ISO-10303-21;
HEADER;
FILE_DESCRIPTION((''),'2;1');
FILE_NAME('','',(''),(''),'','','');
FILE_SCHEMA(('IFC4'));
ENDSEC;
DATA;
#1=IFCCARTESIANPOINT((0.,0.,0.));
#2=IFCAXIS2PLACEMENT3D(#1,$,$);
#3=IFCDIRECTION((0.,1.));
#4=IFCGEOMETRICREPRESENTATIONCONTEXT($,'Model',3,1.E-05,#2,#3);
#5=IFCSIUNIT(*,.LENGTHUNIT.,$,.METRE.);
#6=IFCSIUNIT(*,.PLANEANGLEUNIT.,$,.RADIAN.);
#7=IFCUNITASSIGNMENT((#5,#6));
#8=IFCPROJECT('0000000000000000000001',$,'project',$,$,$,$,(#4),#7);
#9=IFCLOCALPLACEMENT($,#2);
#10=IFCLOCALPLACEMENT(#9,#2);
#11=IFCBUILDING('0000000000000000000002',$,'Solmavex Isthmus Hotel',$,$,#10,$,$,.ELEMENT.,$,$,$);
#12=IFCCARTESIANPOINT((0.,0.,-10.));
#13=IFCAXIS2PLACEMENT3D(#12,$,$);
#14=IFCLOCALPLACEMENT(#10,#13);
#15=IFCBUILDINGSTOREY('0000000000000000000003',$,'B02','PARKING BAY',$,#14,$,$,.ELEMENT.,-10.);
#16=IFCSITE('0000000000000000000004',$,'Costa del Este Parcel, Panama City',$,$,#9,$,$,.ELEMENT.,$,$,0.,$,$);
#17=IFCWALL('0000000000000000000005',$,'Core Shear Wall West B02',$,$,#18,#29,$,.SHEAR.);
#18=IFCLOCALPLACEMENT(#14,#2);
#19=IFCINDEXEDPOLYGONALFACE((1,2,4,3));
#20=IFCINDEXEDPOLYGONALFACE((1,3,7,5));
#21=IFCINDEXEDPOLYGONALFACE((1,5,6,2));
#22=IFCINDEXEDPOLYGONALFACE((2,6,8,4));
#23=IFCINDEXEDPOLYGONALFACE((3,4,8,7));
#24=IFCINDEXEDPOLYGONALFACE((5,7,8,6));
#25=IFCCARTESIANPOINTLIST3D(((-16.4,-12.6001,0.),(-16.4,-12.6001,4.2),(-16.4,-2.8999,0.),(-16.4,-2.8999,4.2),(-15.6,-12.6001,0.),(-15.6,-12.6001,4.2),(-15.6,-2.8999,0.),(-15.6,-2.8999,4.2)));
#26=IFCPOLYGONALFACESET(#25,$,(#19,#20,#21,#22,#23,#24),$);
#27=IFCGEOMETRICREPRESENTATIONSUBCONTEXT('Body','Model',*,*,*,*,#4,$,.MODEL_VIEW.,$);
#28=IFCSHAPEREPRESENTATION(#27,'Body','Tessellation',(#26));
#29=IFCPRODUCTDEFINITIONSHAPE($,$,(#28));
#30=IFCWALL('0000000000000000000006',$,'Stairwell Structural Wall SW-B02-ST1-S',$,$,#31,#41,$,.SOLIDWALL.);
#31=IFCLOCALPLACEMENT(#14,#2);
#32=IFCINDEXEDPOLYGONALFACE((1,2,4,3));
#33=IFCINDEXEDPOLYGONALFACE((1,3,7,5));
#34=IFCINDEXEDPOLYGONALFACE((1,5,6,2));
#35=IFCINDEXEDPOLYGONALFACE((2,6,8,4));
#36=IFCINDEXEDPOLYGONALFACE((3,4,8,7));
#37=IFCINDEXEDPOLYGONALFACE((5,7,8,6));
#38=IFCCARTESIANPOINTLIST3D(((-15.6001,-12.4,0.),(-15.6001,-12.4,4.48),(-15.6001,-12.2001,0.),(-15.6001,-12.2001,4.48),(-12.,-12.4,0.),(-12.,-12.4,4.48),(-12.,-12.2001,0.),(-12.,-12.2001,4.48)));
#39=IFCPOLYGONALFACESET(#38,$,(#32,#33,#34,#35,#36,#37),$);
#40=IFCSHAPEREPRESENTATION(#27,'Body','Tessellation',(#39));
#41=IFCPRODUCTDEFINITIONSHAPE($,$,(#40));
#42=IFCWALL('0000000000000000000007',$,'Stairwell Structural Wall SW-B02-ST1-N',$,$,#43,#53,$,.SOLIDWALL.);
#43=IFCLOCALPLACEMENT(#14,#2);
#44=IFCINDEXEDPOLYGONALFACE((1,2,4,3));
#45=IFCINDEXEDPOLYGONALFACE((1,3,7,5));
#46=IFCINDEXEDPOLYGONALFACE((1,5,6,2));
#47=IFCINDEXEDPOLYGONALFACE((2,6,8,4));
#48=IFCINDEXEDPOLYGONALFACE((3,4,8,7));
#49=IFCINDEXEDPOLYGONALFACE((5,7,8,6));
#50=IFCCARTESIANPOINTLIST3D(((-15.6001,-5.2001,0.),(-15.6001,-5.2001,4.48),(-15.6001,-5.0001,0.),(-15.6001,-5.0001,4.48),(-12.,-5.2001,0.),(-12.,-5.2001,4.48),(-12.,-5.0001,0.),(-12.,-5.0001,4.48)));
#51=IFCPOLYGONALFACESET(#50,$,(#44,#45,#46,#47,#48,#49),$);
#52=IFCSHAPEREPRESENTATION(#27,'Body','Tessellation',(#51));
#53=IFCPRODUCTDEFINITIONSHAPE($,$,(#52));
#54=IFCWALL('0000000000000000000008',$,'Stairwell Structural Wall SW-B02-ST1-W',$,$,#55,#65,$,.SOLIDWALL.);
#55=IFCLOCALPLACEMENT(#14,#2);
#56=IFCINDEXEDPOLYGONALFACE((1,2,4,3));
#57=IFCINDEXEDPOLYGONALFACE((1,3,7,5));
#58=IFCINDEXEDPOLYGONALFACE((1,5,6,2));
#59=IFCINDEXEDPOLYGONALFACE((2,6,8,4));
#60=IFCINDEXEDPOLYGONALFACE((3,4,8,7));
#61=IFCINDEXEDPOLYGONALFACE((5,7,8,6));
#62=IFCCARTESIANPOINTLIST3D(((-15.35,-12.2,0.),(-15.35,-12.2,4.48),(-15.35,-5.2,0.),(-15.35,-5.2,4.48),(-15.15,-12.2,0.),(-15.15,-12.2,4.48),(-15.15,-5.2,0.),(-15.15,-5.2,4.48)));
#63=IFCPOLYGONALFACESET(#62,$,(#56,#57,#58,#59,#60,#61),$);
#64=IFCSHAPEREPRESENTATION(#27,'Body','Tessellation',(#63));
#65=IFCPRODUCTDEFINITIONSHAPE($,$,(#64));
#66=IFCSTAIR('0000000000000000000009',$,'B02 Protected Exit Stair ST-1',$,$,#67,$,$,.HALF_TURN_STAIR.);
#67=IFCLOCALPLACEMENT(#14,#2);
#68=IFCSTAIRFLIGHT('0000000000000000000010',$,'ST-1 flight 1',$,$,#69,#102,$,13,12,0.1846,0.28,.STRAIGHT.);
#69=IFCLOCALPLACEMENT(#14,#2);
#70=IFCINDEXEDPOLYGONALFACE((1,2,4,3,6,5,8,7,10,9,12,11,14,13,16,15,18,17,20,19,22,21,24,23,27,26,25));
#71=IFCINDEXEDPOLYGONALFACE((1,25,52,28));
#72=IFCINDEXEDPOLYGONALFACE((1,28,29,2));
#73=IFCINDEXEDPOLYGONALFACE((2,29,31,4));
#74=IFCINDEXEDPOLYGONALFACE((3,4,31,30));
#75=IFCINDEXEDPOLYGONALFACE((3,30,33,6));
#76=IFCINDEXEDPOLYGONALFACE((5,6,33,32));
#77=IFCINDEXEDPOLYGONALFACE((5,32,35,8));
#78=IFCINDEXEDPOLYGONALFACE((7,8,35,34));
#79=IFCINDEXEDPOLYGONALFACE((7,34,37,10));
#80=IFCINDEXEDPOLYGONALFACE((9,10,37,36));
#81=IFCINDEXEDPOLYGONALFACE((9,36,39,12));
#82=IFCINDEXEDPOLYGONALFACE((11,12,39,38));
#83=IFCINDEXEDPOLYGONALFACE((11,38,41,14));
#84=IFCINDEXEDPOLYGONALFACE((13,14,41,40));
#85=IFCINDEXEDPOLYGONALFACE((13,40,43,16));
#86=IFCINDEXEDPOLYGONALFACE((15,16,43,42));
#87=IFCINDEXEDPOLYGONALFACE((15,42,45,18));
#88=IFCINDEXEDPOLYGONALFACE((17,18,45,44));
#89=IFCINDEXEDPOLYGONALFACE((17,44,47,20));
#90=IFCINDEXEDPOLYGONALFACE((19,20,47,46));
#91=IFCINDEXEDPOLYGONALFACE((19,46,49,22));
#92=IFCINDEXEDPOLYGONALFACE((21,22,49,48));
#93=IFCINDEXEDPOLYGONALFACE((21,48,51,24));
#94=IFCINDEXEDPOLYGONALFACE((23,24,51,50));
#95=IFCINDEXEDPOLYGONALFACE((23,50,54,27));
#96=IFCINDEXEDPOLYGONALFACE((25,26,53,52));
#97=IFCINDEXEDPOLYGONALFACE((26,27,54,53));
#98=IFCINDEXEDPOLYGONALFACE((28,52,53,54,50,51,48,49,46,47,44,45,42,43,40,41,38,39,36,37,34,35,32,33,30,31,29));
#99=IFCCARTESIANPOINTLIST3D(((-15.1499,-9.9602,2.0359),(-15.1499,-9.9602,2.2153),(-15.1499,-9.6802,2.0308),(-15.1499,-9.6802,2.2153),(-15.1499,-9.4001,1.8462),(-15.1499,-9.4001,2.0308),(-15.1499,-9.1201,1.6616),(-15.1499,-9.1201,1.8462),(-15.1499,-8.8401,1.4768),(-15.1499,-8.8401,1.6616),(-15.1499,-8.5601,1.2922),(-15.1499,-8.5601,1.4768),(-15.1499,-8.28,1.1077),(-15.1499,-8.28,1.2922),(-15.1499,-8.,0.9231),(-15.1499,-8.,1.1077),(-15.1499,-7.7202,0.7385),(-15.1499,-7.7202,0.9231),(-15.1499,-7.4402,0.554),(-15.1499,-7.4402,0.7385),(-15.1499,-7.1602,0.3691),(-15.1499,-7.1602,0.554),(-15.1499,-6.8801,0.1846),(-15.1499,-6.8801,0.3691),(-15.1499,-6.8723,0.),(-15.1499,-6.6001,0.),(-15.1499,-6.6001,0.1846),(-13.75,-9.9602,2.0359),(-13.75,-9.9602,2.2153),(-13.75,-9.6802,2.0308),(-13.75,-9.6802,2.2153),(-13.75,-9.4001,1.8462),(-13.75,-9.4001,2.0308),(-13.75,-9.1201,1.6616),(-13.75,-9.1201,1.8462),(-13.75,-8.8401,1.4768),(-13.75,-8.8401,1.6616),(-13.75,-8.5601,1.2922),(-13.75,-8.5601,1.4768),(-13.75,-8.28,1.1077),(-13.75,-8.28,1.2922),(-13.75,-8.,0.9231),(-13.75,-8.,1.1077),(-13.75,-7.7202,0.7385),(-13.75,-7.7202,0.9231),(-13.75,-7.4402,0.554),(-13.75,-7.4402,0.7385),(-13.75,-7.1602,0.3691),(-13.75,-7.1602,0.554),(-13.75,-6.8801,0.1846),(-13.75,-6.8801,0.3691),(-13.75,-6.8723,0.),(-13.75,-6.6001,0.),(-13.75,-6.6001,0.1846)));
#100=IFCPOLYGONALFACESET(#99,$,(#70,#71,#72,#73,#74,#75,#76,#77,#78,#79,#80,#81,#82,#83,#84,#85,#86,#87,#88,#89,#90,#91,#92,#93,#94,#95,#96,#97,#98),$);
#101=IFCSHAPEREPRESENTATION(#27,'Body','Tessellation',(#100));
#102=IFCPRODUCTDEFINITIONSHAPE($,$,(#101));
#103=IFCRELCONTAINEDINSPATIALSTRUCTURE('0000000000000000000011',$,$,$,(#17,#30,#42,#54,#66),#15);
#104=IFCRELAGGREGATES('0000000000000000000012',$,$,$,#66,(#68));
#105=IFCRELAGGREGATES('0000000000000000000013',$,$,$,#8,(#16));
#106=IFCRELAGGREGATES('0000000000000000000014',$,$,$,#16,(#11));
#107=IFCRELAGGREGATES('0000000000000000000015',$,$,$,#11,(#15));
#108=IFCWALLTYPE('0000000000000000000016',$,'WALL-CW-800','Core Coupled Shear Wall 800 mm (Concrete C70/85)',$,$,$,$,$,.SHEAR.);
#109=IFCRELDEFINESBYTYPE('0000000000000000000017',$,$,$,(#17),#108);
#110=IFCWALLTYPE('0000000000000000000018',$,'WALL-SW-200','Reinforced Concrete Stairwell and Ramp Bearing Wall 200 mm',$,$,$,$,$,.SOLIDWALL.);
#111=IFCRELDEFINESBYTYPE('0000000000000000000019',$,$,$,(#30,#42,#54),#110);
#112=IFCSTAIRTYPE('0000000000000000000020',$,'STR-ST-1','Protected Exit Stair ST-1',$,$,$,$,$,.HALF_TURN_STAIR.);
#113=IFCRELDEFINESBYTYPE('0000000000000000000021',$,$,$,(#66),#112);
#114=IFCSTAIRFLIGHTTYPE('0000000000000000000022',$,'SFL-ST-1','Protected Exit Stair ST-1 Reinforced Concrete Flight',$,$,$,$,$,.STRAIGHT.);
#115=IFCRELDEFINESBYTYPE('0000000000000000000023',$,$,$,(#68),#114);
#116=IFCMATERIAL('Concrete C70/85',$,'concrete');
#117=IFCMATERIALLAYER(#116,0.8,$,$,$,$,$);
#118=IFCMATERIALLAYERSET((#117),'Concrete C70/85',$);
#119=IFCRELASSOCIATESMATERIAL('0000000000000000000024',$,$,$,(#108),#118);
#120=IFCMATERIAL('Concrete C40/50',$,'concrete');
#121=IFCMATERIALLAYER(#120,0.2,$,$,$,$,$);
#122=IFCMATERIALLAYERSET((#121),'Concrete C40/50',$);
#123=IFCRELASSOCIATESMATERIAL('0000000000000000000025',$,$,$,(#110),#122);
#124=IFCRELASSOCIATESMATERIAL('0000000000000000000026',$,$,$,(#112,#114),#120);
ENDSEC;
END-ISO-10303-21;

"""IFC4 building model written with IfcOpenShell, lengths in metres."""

from ifc_helpers import new_model, si_unit, direction, frame, frame_2d, origin, place, context, subcontext, project, spatial, polyline, rectangle, outline, extrude, material, layer, layer_set, type_object, element, aggregate, save


model = new_model("IFC4")

# Units and contexts
model_context = context("Model", 3, precision=1e-05, world=origin(), true_north=direction((0.0, 1.0)))
body_context = subcontext(model_context, "Body", "Model", "MODEL_VIEW")
ifc_project = project(units=[si_unit("LENGTHUNIT", "METRE"), si_unit("PLANEANGLEUNIT", "RADIAN")], contexts=[model_context])

# Site, building, storey
site_placement = place(None, origin())
site = spatial("IfcSite", under=ifc_project, at=site_placement, Name="Costa del Este Parcel, Panama City", CompositionType="ELEMENT", RefElevation=0.0)
building_placement = place(site_placement, origin())
building = spatial("IfcBuilding", under=site, at=building_placement, Name="Solmavex Isthmus Hotel", CompositionType="ELEMENT")
storey_placement = place(building_placement, frame((0.0, 0.0, -10.0)))
storey = spatial("IfcBuildingStorey", under=building, at=storey_placement, Name="B02", Description="PARKING BAY", CompositionType="ELEMENT", Elevation=-10.0)

# Shared definitions
ifc_material_1 = material(Name="Concrete C70/85", Category="concrete")

# Shared definitions
ifc_layer_1 = layer(ifc_material_1, 0.8)
ifc_layer_set_1 = layer_set([ifc_layer_1], Name="Concrete C70/85")
wall_type_1 = type_object("IfcWallType", Name="WALL-CW-800", Description="Core Coupled Shear Wall 800 mm (Concrete C70/85)", PredefinedType="SHEAR", material=ifc_layer_set_1)

# Walls
wall_1_placement = place(storey_placement, frame((-16.0, -12.6001, 0.0), z_axis=(0.0, 0.0, 1.0), x_axis=(0.0, 1.0, 0.0)))
element("IfcWall", 1, at=wall_1_placement, inside=storey, type_object=wall_type_1, Name="Core Shear Wall West B02", PredefinedType="SHEAR", context=body_context, shape_type="SweptSolid", body=[
    extrude(rectangle(XDim=9.7002, YDim=0.8, at=frame_2d((4.8501, 0.0))), origin(), (0.0, 0.0, 1.0), 4.2),
])
ifc_material_2 = material(Name="Concrete C40/50", Category="concrete")
ifc_layer_2 = layer(ifc_material_2, 0.2)
ifc_layer_set_2 = layer_set([ifc_layer_2], Name="Concrete C40/50")
wall_type_2 = type_object("IfcWallType", Name="WALL-SW-200", Description="Reinforced Concrete Stairwell and Ramp Bearing Wall 200 mm", PredefinedType="SOLIDWALL", material=ifc_layer_set_2)
for number, where, z_axis, x_axis, name in (
    (2, (-15.6001, -12.3, 0.0), (0.0, 0.0, 1.0), (1.0, 0.0, 0.0), "Stairwell Structural Wall SW-B02-ST1-S"),
    (3, (-15.6001, -5.1001, 0.0), (0.0, 0.0, 1.0), (1.0, 0.0, 0.0), "Stairwell Structural Wall SW-B02-ST1-N"),
):
    element("IfcWall", number, at=place(storey_placement, frame(where, z_axis=z_axis, x_axis=x_axis)), inside=storey, type_object=wall_type_2, Name=name, PredefinedType="SOLIDWALL", context=body_context, shape_type="SweptSolid", body=[
        extrude(rectangle(XDim=3.6001, YDim=0.2, at=frame_2d((1.8, 0.0))), origin(), (0.0, 0.0, 1.0), 4.48),
    ])
wall_2_placement = place(storey_placement, frame((-15.25, -12.2, 0.0), z_axis=(0.0, 0.0, 1.0), x_axis=(0.0, 1.0, 0.0)))
element("IfcWall", 4, at=wall_2_placement, inside=storey, type_object=wall_type_2, Name="Stairwell Structural Wall SW-B02-ST1-W", PredefinedType="SOLIDWALL", context=body_context, shape_type="SweptSolid", body=[
    extrude(rectangle(XDim=7.0, YDim=0.2, at=frame_2d((3.5, 0.0))), origin(), (0.0, 0.0, 1.0), 4.48),
])

# Stair, stair flight
stair_type = type_object("IfcStairType", Name="STR-ST-1", Description="Protected Exit Stair ST-1", PredefinedType="HALF_TURN_STAIR", material=ifc_material_2)
stair_placement = place(storey_placement, origin())
stair = element("IfcStair", 5, at=stair_placement, inside=storey, type_object=stair_type, Name="B02 Protected Exit Stair ST-1", PredefinedType="HALF_TURN_STAIR")
stair_flight_type = type_object("IfcStairFlightType", Name="SFL-ST-1", Description="Protected Exit Stair ST-1 Reinforced Concrete Flight", PredefinedType="STRAIGHT", material=ifc_material_2)
stair_flight_placement = place(storey_placement, frame((-14.45, -6.6001, 0.0), z_axis=(0.0, 0.0, 1.0), x_axis=(0.0, -1.0, 0.0)))
stair_flight = element("IfcStairFlight", 6, at=stair_flight_placement, type_object=stair_flight_type, Name="ST-1 flight 1", NumberOfRisers=13, NumberOfTreads=12, PredefinedType="STRAIGHT", RiserHeight=0.1846, TreadLength=0.28, context=body_context, shape_type="SweptSolid", body=[
    extrude(outline(polyline([(0.0, 0.0), (0.0, 0.1846), (0.28, 0.1846), (0.28, 0.3691), (0.5601, 0.3691), (0.5601, 0.554), (0.8401, 0.554), (0.8401, 0.7385), (1.1201, 0.7385), (1.1201, 0.9231), (1.3999, 0.9231), (1.3999, 1.1077), (1.6799, 1.1077), (1.6799, 1.2922), (1.96, 1.2922), (1.96, 1.4768), (2.24, 1.4768), (2.24, 1.6616), (2.52, 1.6616), (2.52, 1.8462), (2.8, 1.8462), (2.8, 2.0308), (3.0801, 2.0308), (3.0801, 2.2153), (3.3601, 2.2153), (3.3601, 2.3999), (3.3601, 2.0359), (0.2722, 0.0), (0.0, 0.0)])), frame((0.0, 0.7, 0.0), z_axis=(0.0, -1.0, 0.0), x_axis=(1.0, 0.0, 0.0)), (0.0, 0.0, 1.0), 1.3999),
])
aggregate(stair, [stair_flight])

save(model, "model.ifc")
